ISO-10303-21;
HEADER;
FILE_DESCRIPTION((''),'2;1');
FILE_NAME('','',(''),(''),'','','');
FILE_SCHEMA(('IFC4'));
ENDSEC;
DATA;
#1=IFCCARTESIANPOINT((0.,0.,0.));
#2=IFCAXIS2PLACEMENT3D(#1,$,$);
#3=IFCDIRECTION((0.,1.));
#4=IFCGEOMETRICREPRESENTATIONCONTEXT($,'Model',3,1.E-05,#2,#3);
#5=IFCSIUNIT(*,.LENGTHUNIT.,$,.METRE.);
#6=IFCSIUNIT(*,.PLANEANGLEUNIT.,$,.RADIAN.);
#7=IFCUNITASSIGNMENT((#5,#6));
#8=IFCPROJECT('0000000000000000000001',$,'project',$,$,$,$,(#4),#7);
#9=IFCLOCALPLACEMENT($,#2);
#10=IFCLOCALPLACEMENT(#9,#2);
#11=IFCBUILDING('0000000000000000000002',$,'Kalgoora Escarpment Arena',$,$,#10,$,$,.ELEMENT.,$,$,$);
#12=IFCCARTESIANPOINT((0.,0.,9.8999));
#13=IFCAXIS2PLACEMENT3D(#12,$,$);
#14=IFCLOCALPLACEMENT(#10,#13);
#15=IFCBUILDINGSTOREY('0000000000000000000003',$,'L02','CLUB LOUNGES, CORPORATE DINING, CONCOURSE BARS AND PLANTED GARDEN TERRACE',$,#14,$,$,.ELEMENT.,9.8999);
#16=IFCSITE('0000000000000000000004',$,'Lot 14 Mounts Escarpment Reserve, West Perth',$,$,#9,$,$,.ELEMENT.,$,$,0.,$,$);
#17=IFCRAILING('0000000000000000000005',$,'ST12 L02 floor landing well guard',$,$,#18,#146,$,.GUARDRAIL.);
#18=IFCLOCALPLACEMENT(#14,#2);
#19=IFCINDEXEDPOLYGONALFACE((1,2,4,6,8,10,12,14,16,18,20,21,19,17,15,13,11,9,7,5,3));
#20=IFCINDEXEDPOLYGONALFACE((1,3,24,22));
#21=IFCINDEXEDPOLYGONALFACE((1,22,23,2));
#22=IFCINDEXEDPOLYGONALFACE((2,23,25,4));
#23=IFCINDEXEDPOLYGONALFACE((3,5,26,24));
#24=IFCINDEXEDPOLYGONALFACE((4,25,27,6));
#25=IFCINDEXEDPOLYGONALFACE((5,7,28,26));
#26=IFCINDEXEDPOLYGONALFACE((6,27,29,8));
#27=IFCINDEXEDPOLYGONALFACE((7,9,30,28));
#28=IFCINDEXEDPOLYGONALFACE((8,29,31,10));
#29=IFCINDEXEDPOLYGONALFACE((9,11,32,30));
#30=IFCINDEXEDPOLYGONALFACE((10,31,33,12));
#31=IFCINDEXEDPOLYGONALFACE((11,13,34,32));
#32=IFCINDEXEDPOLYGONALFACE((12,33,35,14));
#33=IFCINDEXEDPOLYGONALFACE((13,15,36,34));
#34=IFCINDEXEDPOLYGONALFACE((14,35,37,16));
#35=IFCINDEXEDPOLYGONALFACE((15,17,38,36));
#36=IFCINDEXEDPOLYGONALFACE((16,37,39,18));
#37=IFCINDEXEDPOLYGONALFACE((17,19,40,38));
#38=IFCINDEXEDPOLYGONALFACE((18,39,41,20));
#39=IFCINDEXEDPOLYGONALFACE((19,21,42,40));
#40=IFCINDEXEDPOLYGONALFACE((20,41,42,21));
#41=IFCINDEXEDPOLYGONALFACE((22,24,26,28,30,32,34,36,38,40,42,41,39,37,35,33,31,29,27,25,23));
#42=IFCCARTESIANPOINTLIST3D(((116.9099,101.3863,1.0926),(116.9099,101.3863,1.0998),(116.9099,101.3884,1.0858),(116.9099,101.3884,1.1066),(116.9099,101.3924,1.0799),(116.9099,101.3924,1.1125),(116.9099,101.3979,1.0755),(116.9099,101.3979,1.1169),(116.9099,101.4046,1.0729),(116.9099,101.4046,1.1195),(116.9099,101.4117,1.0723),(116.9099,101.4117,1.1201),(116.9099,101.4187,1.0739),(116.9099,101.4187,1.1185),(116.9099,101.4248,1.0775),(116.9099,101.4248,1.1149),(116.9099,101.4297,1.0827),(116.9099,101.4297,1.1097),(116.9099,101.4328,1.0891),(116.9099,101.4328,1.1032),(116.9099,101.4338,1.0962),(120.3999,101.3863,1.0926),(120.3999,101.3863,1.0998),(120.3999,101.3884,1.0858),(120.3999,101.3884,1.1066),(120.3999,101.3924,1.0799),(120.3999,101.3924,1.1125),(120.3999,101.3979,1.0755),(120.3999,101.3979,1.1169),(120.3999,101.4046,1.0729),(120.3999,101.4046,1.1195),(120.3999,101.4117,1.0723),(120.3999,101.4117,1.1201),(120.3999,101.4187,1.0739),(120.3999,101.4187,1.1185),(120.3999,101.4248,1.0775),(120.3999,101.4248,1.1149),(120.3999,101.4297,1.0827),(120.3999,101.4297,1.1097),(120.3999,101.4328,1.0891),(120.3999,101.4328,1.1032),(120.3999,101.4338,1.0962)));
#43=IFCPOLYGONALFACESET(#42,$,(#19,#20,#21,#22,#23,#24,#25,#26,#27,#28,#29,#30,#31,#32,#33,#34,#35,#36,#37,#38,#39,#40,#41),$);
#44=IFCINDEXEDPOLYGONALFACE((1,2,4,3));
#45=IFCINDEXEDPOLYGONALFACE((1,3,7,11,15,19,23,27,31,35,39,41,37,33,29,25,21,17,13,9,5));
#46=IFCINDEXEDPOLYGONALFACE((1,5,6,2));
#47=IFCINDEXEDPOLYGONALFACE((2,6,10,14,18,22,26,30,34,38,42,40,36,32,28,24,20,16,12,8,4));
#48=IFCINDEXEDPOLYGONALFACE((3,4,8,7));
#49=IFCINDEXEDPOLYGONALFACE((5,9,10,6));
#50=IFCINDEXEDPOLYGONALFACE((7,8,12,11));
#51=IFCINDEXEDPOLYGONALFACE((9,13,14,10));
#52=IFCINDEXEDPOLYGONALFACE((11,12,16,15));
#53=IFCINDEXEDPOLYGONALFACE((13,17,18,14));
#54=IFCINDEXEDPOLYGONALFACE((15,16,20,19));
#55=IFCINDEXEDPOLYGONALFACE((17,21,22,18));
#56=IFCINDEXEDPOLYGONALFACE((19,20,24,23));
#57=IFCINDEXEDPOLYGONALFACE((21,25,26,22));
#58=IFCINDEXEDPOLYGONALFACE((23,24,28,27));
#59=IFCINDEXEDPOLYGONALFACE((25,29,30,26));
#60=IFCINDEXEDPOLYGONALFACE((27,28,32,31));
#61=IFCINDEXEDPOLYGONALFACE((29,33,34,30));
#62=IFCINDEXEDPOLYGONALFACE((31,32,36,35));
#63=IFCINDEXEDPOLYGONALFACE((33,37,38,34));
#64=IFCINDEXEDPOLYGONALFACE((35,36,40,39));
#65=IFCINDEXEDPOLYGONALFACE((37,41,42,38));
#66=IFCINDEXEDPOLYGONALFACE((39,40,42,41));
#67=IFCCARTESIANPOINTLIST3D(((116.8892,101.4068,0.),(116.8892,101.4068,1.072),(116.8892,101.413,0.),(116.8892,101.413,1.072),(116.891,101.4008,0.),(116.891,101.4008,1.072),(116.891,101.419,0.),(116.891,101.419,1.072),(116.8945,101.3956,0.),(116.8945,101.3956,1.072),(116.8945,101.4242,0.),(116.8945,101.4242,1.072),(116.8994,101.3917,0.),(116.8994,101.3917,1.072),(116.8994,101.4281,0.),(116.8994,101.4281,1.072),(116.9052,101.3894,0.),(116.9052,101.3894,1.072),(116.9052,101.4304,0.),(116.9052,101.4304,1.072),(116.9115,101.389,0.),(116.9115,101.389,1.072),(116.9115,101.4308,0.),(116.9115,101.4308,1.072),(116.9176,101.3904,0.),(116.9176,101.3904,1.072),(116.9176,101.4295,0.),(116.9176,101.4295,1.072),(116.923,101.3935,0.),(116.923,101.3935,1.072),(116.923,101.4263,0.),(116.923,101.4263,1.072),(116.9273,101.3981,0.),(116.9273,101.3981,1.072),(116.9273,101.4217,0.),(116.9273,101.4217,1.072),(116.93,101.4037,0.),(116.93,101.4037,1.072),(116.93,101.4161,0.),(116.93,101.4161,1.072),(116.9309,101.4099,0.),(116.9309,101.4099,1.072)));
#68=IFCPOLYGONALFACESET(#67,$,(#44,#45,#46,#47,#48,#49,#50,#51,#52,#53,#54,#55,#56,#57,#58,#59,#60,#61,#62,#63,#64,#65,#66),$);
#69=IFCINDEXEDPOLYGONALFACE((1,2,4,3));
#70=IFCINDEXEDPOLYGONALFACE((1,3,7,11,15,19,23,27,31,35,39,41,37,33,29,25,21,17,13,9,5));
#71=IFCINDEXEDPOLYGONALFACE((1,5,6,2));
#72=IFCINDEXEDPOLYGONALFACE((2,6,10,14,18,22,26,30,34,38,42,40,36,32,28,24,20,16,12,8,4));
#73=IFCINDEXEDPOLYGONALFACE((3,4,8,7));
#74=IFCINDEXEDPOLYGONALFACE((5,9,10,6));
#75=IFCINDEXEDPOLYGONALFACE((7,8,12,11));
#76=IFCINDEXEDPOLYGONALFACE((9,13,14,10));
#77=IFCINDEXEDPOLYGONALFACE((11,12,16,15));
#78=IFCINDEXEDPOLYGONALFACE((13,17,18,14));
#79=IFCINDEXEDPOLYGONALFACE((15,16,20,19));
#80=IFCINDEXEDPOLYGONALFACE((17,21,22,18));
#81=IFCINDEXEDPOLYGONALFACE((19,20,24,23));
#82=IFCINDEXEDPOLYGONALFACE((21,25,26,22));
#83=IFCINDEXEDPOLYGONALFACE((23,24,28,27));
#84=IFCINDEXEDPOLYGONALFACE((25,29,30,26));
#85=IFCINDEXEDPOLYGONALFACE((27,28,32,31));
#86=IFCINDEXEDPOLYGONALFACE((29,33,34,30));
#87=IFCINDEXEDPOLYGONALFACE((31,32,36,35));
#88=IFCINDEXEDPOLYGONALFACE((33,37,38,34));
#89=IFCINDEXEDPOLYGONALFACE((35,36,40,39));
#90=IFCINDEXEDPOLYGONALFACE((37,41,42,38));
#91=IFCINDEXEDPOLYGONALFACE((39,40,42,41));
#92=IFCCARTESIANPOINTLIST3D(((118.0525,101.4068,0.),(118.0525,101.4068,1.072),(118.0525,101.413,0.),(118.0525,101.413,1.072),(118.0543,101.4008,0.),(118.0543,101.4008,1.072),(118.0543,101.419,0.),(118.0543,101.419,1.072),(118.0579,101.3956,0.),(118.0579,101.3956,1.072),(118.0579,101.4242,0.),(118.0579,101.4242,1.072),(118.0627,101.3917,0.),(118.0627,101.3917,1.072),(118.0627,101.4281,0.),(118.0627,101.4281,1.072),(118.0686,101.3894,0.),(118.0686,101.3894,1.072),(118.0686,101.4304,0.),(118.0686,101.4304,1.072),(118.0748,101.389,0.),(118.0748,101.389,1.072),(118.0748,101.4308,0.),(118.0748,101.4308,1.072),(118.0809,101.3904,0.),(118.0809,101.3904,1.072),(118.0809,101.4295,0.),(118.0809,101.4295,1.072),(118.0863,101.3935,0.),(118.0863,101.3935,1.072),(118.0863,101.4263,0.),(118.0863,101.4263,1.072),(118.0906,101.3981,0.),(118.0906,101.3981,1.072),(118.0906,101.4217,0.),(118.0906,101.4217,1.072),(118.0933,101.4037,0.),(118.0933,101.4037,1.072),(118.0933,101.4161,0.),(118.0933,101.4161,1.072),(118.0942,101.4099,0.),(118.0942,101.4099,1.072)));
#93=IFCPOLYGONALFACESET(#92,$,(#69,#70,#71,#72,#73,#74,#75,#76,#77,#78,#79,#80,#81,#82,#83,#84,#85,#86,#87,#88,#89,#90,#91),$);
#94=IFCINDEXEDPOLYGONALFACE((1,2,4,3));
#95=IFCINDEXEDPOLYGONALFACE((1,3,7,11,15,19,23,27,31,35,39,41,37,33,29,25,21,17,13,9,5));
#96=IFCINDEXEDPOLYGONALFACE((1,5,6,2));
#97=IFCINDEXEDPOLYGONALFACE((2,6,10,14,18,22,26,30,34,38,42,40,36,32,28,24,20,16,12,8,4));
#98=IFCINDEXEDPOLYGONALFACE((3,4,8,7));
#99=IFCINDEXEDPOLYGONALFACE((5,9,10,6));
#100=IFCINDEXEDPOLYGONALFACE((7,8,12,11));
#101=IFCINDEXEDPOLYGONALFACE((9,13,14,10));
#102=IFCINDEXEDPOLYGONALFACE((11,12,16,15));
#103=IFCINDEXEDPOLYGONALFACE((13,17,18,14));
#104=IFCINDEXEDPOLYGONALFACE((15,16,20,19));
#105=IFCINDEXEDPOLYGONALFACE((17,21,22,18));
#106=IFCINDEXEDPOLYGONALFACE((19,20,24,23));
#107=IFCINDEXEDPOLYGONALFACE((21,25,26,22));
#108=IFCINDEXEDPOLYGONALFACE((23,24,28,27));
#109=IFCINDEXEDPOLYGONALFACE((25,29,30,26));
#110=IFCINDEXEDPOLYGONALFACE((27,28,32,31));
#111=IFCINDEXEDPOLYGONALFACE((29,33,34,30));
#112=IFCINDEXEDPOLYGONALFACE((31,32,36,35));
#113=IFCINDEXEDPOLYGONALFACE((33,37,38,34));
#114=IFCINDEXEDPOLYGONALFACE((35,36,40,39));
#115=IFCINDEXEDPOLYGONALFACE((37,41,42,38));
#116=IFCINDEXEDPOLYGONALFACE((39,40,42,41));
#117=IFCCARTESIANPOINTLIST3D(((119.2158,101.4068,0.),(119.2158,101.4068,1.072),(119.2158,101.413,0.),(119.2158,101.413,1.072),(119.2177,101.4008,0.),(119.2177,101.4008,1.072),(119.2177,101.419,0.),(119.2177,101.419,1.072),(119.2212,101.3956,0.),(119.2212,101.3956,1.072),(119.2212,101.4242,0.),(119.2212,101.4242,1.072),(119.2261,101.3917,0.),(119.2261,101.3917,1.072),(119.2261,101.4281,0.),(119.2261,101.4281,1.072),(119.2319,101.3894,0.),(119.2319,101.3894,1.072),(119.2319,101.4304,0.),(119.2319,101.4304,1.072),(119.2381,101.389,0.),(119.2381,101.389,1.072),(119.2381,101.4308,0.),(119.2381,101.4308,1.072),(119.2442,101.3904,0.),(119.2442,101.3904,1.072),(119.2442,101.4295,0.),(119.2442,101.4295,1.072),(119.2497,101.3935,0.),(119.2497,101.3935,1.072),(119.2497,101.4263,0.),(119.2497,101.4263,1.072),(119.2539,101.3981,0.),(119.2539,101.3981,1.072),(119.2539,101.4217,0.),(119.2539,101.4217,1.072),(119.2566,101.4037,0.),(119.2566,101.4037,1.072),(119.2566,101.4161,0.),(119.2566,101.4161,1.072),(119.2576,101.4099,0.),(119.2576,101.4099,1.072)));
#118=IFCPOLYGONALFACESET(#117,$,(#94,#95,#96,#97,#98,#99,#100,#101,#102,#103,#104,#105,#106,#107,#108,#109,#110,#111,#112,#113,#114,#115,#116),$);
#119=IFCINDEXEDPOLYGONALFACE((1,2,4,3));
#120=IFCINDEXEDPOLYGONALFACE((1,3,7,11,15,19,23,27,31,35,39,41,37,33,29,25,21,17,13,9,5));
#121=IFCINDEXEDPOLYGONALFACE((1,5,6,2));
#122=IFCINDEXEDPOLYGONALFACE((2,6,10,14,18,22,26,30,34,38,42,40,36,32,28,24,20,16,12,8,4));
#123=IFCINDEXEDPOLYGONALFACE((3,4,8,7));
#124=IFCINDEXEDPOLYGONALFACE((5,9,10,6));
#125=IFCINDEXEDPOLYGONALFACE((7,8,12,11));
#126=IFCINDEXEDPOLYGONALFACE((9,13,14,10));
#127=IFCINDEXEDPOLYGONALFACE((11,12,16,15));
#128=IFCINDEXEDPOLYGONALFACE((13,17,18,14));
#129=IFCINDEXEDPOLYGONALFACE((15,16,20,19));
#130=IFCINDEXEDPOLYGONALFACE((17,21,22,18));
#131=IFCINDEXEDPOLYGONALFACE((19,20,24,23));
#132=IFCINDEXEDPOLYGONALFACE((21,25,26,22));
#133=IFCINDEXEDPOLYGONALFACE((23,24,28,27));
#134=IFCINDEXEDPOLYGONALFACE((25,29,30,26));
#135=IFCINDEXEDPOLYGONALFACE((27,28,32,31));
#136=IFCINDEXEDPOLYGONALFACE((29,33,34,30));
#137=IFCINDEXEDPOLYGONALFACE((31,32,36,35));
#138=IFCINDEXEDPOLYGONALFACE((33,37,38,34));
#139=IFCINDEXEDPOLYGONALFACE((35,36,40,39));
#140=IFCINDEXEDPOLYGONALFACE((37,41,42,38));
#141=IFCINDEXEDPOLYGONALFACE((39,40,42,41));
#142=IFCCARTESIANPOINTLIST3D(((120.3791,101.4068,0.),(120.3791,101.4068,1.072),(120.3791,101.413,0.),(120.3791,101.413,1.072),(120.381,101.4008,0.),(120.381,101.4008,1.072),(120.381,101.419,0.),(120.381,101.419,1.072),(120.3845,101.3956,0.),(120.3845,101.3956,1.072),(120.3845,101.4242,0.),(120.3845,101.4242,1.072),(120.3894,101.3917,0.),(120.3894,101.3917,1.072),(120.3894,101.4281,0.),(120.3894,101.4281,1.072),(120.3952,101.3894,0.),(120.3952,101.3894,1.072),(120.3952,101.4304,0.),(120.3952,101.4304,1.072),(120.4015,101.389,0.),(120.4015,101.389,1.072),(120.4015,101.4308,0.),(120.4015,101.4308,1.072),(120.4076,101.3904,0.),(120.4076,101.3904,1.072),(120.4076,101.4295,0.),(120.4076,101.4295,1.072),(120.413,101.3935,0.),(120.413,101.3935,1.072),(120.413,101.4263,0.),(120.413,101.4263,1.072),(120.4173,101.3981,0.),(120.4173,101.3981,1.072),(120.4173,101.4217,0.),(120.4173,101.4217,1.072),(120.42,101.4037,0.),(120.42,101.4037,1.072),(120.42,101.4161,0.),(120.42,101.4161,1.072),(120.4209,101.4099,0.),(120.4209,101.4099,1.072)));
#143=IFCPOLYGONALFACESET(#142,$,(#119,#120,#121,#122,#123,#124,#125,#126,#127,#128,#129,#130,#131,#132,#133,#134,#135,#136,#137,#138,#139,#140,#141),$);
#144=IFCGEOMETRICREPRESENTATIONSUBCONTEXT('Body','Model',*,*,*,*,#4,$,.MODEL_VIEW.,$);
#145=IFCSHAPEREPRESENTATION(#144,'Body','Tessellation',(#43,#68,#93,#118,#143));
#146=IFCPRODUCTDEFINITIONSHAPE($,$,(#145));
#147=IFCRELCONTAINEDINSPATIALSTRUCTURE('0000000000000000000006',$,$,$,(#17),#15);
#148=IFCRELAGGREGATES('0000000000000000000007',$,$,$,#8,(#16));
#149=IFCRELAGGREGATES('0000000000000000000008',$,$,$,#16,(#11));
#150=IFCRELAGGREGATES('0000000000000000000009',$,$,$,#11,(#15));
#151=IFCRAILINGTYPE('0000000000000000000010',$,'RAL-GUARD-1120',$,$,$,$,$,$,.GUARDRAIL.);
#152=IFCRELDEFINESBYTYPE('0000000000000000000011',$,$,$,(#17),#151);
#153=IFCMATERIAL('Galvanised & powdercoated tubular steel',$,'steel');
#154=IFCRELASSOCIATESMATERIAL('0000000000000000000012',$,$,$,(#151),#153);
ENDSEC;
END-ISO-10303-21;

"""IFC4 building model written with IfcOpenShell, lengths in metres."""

from ifc_helpers import new_model, si_unit, direction, frame, origin, origin_2d, place, context, subcontext, project, spatial, circle, extrude, material, type_object, element, save


model = new_model("IFC4")

# Units and contexts
model_context = context("Model", 3, precision=1e-05, world=origin(), true_north=direction((0.0, 1.0)))
body_context = subcontext(model_context, "Body", "Model", "MODEL_VIEW")
ifc_project = project(units=[si_unit("LENGTHUNIT", "METRE"), si_unit("PLANEANGLEUNIT", "RADIAN")], contexts=[model_context])

# Site, building, storey
site_placement = place(None, origin())
site = spatial("IfcSite", under=ifc_project, at=site_placement, Name="Lot 14 Mounts Escarpment Reserve, West Perth", CompositionType="ELEMENT", RefElevation=0.0)
building_placement = place(site_placement, origin())
building = spatial("IfcBuilding", under=site, at=building_placement, Name="Kalgoora Escarpment Arena", CompositionType="ELEMENT")
storey_placement = place(building_placement, frame((0.0, 0.0, 9.8999)))
storey = spatial("IfcBuildingStorey", under=building, at=storey_placement, Name="L02", Description="CLUB LOUNGES, CORPORATE DINING, CONCOURSE BARS AND PLANTED GARDEN TERRACE", CompositionType="ELEMENT", Elevation=9.8999)

# Railing
ifc_material_1 = material(Name="Galvanised & powdercoated tubular steel", Category="steel")
railing_type_1 = type_object("IfcRailingType", Name="RAL-GUARD-1120", PredefinedType="GUARDRAIL", material=ifc_material_1)
railing_1_placement = place(storey_placement, frame((116.9099, 101.4099, 0.0)))
element("IfcRailing", 1, at=railing_1_placement, inside=storey, type_object=railing_type_1, Name="ST12 L02 floor landing well guard", PredefinedType="GUARDRAIL", context=body_context, shape_type="SweptSolid", body=[
    extrude(circle(Radius=0.0239, at=origin_2d()), frame((0.0, 0.0, 1.0962), z_axis=(1.0, 0.0, 0.0), x_axis=(0.0, 1.0, 0.0)), (0.0, 0.0, 1.0), 3.49),
    extrude(circle(Radius=0.021, at=origin_2d()), origin(), (0.0, 0.0, 1.0), 1.072),
    extrude(circle(Radius=0.021, at=origin_2d()), frame((1.1633, 0.0, 0.0)), (0.0, 0.0, 1.0), 1.072),
    extrude(circle(Radius=0.021, at=origin_2d()), frame((2.3267, 0.0, 0.0)), (0.0, 0.0, 1.0), 1.072),
    extrude(circle(Radius=0.021, at=origin_2d()), frame((3.49, 0.0, 0.0)), (0.0, 0.0, 1.0), 1.072),
])

save(model, "model.ifc")
